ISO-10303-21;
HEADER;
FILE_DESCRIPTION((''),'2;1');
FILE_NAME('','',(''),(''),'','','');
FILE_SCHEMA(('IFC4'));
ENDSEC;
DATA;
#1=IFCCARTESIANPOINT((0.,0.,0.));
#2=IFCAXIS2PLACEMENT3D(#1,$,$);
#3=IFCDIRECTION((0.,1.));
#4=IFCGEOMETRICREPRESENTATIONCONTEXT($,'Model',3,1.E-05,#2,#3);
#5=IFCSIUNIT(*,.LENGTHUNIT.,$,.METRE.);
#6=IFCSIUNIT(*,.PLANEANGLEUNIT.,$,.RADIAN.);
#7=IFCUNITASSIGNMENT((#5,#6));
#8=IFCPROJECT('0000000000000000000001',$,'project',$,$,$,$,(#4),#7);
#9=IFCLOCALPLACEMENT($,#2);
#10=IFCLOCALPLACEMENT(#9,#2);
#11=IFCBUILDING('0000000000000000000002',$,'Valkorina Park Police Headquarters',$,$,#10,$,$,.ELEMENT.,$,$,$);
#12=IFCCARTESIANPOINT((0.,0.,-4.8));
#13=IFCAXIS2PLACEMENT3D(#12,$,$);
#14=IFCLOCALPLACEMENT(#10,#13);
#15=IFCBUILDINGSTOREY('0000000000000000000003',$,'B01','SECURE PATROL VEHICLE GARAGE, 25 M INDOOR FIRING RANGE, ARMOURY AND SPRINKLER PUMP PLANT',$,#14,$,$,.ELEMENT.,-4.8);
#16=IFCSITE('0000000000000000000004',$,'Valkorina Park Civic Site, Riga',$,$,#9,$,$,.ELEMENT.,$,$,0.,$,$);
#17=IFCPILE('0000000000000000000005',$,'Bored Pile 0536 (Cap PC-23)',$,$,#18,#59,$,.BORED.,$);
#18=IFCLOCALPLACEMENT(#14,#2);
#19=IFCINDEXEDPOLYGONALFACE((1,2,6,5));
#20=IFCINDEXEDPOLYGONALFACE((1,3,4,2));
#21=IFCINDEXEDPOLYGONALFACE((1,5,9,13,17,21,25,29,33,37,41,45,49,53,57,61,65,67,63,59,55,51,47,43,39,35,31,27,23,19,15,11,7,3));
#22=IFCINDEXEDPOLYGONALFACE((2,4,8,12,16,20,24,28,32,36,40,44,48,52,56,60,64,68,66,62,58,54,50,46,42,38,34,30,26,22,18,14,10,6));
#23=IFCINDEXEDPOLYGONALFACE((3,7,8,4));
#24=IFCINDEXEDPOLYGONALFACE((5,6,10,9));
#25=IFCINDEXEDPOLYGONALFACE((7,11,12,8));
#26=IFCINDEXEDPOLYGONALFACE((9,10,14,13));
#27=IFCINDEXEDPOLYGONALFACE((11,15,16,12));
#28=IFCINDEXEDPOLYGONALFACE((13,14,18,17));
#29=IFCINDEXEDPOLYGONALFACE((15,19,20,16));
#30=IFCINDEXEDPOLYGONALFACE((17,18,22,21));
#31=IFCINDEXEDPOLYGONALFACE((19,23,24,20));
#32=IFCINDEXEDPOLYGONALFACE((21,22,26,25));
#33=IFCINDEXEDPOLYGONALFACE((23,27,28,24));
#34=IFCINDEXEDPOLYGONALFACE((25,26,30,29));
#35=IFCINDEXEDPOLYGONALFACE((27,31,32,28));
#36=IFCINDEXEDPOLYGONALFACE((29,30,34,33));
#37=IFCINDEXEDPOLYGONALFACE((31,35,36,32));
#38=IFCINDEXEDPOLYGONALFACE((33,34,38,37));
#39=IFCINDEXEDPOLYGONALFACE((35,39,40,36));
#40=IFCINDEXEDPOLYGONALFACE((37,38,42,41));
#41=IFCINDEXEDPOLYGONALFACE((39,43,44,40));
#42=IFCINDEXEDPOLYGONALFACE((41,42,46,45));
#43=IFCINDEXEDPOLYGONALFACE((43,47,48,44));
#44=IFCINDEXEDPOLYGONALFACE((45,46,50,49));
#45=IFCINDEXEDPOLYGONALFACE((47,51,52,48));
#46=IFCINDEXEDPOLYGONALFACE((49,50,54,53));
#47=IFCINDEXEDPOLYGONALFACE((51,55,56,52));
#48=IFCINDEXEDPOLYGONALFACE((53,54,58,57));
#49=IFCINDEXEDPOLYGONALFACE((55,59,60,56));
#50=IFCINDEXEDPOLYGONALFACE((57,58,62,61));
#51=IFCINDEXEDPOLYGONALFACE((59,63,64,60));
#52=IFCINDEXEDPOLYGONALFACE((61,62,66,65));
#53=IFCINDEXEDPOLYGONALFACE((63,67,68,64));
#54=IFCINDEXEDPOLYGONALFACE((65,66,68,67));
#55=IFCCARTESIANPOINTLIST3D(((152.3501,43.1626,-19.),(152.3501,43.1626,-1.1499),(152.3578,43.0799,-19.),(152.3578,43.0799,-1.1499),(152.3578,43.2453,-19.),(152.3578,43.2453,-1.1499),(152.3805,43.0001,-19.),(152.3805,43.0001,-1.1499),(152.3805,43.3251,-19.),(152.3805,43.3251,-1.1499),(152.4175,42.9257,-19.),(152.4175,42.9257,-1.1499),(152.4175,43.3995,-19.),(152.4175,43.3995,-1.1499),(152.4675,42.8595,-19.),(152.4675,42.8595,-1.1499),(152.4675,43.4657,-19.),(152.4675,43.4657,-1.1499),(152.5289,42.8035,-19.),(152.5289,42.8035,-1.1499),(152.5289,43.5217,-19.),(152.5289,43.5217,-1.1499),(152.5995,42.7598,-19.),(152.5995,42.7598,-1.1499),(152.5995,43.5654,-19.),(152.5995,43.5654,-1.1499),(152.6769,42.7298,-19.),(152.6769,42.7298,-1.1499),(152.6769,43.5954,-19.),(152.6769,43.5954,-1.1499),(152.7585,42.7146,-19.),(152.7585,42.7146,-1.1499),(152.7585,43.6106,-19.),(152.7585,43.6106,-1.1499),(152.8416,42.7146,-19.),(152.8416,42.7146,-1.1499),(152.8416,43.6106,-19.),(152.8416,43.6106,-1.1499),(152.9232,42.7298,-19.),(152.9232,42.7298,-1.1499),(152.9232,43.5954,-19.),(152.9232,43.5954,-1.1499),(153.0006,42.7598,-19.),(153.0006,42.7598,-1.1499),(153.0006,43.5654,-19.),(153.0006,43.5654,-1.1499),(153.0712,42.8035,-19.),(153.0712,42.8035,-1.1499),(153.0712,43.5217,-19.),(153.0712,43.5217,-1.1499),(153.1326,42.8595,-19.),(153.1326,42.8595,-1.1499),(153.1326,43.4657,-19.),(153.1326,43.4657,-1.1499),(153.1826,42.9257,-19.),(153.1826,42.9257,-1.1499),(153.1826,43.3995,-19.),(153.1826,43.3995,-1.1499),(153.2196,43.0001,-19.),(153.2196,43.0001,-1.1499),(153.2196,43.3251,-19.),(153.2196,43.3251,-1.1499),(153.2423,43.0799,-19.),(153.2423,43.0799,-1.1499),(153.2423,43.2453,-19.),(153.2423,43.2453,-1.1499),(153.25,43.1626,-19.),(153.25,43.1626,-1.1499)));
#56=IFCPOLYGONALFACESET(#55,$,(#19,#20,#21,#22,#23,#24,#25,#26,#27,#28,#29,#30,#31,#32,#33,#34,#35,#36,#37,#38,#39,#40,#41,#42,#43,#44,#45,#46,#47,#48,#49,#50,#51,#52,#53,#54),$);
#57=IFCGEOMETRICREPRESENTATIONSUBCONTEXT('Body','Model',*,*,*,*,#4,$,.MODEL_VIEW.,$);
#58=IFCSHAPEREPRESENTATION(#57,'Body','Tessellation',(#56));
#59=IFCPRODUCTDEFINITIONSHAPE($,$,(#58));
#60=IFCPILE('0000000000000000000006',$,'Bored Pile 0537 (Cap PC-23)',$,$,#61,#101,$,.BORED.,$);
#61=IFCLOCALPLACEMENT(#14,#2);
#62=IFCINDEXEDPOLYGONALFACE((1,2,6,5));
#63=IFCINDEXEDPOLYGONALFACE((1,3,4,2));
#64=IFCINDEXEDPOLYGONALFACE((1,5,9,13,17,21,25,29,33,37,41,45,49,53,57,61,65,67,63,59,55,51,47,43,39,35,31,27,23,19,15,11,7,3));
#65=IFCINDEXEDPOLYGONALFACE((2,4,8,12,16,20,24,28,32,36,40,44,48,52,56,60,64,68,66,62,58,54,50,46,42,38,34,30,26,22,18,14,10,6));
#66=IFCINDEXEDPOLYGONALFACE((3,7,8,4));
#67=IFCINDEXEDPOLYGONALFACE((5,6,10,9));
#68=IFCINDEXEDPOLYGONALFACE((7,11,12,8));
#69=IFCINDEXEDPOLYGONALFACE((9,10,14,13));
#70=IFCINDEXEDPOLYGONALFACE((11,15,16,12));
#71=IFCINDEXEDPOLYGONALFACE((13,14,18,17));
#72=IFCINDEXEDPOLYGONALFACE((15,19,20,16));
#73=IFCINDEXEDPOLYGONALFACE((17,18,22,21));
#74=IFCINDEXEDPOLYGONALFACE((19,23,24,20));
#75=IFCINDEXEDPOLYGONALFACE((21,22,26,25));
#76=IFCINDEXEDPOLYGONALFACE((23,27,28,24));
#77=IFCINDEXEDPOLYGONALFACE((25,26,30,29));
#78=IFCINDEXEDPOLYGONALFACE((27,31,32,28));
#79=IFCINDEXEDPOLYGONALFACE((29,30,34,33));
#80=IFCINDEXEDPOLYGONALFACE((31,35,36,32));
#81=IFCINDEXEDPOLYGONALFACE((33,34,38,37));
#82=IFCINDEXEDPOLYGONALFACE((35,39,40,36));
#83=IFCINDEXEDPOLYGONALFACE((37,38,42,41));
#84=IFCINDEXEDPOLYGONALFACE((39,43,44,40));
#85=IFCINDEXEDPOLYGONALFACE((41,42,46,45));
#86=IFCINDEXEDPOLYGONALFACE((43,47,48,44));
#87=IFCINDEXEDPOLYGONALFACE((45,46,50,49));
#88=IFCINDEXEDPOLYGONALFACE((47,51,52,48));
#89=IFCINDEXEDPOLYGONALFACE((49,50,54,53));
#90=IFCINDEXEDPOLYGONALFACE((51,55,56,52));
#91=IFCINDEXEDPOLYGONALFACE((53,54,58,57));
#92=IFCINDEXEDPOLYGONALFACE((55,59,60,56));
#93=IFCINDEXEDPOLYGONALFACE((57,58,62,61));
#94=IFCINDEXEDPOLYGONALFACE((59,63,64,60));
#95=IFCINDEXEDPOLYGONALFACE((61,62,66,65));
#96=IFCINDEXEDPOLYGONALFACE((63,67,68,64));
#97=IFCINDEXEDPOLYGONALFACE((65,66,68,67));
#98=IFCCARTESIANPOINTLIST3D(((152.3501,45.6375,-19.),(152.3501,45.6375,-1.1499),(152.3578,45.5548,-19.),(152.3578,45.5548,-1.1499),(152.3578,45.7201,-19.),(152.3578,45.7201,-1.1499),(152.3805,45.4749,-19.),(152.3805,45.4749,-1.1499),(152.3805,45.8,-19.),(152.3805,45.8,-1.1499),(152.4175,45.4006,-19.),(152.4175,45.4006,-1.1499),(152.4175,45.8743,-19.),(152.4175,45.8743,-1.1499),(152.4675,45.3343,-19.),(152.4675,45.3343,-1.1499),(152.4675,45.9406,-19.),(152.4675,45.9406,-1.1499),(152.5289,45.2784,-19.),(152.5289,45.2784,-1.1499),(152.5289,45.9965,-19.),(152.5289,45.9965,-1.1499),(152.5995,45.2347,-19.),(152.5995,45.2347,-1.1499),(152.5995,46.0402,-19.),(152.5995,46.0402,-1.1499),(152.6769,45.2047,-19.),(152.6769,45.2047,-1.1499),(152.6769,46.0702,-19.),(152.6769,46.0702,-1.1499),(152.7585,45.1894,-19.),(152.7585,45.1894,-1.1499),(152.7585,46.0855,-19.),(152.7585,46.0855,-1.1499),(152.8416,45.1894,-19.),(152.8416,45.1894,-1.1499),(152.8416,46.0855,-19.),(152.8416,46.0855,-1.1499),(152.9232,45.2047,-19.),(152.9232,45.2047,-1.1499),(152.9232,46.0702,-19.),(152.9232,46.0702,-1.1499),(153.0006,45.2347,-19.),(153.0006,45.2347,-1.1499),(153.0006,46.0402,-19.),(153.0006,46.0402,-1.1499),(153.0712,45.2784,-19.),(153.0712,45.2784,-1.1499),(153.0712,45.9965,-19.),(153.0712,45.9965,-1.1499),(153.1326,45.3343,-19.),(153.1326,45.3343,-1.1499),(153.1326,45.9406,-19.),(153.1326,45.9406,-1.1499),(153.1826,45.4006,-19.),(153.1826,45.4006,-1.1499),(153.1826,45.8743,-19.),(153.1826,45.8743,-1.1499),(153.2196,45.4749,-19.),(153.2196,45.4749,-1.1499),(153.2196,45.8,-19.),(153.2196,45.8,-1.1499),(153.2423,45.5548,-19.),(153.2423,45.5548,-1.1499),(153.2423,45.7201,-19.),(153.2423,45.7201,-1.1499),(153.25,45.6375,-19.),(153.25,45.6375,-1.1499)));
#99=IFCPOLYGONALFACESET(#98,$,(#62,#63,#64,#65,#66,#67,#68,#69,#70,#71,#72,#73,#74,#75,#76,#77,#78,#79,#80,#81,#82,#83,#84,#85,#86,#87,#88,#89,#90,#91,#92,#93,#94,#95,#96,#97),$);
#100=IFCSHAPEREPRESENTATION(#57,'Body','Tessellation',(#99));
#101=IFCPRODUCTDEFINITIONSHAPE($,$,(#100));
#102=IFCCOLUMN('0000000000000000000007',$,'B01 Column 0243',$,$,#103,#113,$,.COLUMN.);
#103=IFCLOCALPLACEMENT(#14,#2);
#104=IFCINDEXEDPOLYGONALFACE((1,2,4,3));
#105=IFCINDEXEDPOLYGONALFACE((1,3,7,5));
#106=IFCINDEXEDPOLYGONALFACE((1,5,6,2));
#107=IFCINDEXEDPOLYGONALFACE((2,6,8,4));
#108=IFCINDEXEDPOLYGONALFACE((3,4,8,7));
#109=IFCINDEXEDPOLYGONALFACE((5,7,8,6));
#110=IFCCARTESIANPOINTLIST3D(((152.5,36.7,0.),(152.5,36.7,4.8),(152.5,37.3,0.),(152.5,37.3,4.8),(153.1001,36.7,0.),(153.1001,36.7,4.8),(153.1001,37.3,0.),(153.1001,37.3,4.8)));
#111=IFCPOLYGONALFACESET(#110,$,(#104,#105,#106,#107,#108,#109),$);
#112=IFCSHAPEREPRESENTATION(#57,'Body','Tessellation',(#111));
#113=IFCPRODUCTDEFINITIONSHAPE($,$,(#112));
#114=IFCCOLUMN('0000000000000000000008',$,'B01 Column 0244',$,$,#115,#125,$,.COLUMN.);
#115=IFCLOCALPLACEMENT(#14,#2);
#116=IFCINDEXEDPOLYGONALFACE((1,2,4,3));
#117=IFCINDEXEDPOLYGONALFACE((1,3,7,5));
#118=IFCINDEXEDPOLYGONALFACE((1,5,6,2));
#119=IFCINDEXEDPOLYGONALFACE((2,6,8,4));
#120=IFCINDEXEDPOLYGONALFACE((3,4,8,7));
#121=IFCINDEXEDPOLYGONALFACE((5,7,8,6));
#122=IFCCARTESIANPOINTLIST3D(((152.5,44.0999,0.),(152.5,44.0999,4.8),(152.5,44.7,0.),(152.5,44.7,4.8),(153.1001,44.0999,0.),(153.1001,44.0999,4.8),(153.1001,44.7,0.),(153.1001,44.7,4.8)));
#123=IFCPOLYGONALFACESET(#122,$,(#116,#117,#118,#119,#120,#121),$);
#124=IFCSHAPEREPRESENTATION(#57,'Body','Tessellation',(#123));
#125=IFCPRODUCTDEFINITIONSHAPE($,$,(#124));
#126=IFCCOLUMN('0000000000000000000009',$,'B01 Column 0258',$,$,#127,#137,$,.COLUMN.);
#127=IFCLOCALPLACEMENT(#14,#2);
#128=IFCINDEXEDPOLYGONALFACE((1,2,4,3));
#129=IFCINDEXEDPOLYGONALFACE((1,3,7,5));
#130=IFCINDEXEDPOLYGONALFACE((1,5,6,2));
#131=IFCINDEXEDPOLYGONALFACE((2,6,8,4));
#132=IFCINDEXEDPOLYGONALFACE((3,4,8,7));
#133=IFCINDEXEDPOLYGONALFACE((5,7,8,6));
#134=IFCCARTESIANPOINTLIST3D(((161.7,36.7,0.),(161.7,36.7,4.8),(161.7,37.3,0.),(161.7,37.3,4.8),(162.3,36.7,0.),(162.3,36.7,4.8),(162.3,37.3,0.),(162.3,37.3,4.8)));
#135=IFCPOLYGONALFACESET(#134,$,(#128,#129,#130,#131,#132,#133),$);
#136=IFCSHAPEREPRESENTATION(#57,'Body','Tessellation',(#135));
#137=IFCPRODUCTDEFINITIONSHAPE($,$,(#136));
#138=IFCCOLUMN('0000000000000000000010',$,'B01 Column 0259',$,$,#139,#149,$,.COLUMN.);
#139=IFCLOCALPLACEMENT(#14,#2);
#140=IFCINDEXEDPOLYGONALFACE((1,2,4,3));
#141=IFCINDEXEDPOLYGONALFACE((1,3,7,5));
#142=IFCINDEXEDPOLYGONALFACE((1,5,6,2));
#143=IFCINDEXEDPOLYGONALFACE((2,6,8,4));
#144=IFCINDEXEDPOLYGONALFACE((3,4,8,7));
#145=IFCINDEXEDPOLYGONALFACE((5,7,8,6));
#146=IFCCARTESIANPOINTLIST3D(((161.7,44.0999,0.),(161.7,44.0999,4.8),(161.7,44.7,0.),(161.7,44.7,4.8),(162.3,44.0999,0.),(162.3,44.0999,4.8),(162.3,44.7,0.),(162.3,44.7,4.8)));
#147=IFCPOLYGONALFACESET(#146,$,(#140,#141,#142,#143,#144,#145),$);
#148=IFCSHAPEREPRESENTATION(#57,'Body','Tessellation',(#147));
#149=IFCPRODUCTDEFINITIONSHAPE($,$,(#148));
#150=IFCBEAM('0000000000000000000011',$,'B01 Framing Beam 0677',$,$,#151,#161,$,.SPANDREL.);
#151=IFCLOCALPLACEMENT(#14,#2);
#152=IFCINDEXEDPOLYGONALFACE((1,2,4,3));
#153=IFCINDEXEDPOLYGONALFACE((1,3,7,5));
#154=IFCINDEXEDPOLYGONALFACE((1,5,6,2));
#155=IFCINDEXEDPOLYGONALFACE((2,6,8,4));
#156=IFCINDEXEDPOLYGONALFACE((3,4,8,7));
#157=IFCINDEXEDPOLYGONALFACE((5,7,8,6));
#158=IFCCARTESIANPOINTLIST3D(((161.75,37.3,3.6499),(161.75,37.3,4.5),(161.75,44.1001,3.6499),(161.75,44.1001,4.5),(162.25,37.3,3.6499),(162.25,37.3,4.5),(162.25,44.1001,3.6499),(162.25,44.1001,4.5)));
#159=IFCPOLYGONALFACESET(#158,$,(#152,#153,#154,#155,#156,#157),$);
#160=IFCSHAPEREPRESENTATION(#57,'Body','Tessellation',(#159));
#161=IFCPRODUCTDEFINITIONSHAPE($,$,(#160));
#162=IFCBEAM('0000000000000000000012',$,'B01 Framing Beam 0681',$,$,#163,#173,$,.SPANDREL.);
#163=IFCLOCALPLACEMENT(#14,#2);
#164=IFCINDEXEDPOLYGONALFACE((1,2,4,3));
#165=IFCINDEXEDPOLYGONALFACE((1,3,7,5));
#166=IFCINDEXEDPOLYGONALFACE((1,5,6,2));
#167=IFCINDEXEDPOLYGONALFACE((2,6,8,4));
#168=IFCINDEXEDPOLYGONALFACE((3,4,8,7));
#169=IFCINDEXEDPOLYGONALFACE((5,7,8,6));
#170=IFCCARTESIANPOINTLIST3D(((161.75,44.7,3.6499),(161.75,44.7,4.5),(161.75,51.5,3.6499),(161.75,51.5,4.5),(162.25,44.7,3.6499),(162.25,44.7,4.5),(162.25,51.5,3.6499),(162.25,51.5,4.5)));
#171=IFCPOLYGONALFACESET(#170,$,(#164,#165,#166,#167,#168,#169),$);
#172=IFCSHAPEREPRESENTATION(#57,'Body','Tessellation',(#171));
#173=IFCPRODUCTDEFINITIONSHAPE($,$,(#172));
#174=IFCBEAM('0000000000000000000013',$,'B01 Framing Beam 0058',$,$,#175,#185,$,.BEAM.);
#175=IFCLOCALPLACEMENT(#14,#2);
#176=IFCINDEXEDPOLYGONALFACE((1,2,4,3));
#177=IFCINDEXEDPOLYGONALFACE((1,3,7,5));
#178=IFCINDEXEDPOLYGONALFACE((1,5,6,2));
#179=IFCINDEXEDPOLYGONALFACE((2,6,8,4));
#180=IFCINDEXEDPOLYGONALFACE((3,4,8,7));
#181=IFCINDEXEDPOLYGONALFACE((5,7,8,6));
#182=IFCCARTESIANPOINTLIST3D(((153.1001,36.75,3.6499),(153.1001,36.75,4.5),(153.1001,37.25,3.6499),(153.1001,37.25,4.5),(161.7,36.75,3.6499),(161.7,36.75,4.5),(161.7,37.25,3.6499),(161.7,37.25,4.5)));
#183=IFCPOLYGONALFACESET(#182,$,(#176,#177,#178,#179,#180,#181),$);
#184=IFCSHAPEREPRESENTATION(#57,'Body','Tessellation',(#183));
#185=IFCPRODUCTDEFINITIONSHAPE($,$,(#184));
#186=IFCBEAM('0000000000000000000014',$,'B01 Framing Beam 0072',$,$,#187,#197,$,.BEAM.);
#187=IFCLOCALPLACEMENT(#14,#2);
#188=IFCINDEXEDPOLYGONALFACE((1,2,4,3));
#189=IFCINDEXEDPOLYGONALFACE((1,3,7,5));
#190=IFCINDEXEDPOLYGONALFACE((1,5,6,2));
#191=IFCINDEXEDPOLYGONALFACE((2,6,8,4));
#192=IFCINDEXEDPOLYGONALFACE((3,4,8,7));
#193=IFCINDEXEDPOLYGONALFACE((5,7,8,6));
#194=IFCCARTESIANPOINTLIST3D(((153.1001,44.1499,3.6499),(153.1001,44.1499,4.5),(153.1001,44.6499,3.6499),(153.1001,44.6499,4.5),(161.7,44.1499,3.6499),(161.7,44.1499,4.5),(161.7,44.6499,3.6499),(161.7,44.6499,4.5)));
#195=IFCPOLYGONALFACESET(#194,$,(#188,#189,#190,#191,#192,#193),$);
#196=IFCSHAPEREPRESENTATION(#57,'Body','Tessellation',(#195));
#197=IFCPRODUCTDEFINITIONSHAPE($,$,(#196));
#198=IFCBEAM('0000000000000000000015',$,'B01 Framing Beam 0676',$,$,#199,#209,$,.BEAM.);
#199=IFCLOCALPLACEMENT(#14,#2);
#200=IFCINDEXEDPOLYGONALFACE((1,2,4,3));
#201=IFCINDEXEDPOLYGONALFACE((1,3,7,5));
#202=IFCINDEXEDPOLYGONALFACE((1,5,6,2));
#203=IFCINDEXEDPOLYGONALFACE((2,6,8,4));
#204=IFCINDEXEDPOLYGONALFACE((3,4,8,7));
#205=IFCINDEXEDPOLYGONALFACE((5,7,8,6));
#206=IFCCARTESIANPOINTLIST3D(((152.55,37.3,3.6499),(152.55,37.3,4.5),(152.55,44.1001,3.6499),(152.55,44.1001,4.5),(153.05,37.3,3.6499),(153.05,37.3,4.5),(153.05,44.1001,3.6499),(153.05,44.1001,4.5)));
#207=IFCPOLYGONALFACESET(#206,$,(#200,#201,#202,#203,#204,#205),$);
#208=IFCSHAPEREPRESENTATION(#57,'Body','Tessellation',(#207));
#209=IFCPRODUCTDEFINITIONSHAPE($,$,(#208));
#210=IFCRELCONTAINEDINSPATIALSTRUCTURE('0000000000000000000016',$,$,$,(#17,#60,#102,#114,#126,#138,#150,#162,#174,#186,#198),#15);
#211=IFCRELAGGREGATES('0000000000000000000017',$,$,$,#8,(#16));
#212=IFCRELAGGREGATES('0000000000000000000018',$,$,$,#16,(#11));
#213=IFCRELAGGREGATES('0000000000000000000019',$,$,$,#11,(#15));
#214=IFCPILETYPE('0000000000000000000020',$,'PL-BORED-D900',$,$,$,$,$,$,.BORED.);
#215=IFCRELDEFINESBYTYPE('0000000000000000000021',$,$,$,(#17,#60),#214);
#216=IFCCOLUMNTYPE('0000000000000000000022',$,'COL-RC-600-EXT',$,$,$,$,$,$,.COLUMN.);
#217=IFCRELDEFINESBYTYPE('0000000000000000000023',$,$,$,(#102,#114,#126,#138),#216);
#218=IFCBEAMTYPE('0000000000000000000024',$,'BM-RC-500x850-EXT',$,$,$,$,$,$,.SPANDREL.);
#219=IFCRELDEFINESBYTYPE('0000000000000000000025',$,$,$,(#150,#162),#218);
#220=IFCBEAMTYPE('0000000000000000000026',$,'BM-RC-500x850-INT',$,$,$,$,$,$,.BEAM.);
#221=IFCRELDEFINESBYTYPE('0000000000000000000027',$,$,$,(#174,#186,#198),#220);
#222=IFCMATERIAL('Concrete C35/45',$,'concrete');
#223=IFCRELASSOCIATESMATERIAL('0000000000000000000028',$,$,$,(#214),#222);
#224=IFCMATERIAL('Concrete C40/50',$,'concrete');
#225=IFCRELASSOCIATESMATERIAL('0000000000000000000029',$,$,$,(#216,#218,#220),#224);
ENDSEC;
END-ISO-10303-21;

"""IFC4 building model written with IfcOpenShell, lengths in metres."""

from ifc_helpers import new_model, si_unit, direction, frame, origin, origin_2d, place, context, subcontext, project, spatial, rectangle, circle, extrude, material, material_profile, profile_set, type_object, element, save


model = new_model("IFC4")

# Units and contexts
model_context = context("Model", 3, precision=1e-05, world=origin(), true_north=direction((0.0, 1.0)))
body_context = subcontext(model_context, "Body", "Model", "MODEL_VIEW")
ifc_project = project(units=[si_unit("LENGTHUNIT", "METRE"), si_unit("PLANEANGLEUNIT", "RADIAN")], contexts=[model_context])

# Site, building, storey
site_placement = place(None, origin())
site = spatial("IfcSite", under=ifc_project, at=site_placement, Name="Valkorina Park Civic Site, Riga", CompositionType="ELEMENT", RefElevation=0.0)
building_placement = place(site_placement, origin())
building = spatial("IfcBuilding", under=site, at=building_placement, Name="Valkorina Park Police Headquarters", CompositionType="ELEMENT")
storey_placement = place(building_placement, frame((0.0, 0.0, -4.8)))
storey = spatial("IfcBuildingStorey", under=building, at=storey_placement, Name="B01", Description="SECURE PATROL VEHICLE GARAGE, 25 M INDOOR FIRING RANGE, ARMOURY AND SPRINKLER PUMP PLANT", CompositionType="ELEMENT", Elevation=-4.8)

# Shared definitions
ifc_material_1 = material(Name="Concrete C40/50", Category="concrete")

# Piles
ifc_material_2 = material(Name="Concrete C35/45", Category="concrete")
ifc_material_profile_1 = material_profile(ifc_material_2, circle(Radius=0.45, at=origin_2d()), Name="BORED PILE D900")
ifc_profile_set_1 = profile_set([ifc_material_profile_1], Name="Concrete C35/45")
pile_type_1 = type_object("IfcPileType", Name="PL-BORED-D900", PredefinedType="BORED", material=ifc_profile_set_1)
for number, where, z_axis, x_axis, name in (
    (1, (152.8, 43.1626, -1.1499), (0.0, 0.0, -1.0), (1.0, 0.0, 0.0), "Bored Pile 0536 (Cap PC-23)"),
    (2, (152.8, 45.6375, -1.1499), (0.0, 0.0, -1.0), (1.0, 0.0, 0.0), "Bored Pile 0537 (Cap PC-23)"),
):
    element("IfcPile", number, at=place(storey_placement, frame(where, z_axis=z_axis, x_axis=x_axis)), inside=storey, type_object=pile_type_1, Name=name, PredefinedType="BORED", context=body_context, shape_type="SweptSolid", body=[
        extrude(circle(Radius=0.45, at=origin_2d()), origin(), (0.0, 0.0, 1.0), 17.8501),
    ])

# Columns
ifc_material_profile_2 = material_profile(ifc_material_1, rectangle(XDim=0.6001, YDim=0.6001, at=origin_2d()), Name="RC COL 600x600")
ifc_profile_set_2 = profile_set([ifc_material_profile_2], Name="Concrete C40/50")
column_type = type_object("IfcColumnType", Name="COL-RC-600-EXT", PredefinedType="COLUMN", material=ifc_profile_set_2)
for number, where, z_axis, x_axis, name in (
    (3, (152.8, 37.0, 0.0), (0.0, 0.0, 1.0), (1.0, 0.0, 0.0), "B01 Column 0243"),
    (4, (152.8, 44.3999, 0.0), (0.0, 0.0, 1.0), (1.0, 0.0, 0.0), "B01 Column 0244"),
    (5, (162.0, 37.0, 0.0), (0.0, 0.0, 1.0), (1.0, 0.0, 0.0), "B01 Column 0258"),
    (6, (162.0, 44.3999, 0.0), (0.0, 0.0, 1.0), (1.0, 0.0, 0.0), "B01 Column 0259"),
):
    element("IfcColumn", number, at=place(storey_placement, frame(where, z_axis=z_axis, x_axis=x_axis)), inside=storey, type_object=column_type, Name=name, PredefinedType="COLUMN", context=body_context, shape_type="SweptSolid", body=[
        extrude(rectangle(XDim=0.6001, YDim=0.6001, at=origin_2d()), origin(), (0.0, 0.0, 1.0), 4.8),
    ])

# Beams
ifc_material_profile_3 = material_profile(ifc_material_1, rectangle(XDim=0.5, YDim=0.8501, at=origin_2d()), Name="RC BEAM 500x850")
ifc_profile_set_3 = profile_set([ifc_material_profile_3], Name="Concrete C40/50")
beam_type_1 = type_object("IfcBeamType", Name="BM-RC-500x850-EXT", PredefinedType="SPANDREL", material=ifc_profile_set_3)
for number, where, z_axis, x_axis, name in (
    (7, (162.0, 37.3, 4.075), (0.0, 1.0, 0.0), (-1.0, 0.0, 0.0), "B01 Framing Beam 0677"),
    (8, (162.0, 44.7, 4.075), (0.0, 1.0, 0.0), (-1.0, 0.0, 0.0), "B01 Framing Beam 0681"),
):
    element("IfcBeam", number, at=place(storey_placement, frame(where, z_axis=z_axis, x_axis=x_axis)), inside=storey, type_object=beam_type_1, Name=name, PredefinedType="SPANDREL", context=body_context, shape_type="SweptSolid", body=[
        extrude(rectangle(XDim=0.5, YDim=0.8501, at=origin_2d()), origin(), (0.0, 0.0, 1.0), 6.8),
    ])
ifc_material_profile_4 = material_profile(ifc_material_1, rectangle(XDim=0.5, YDim=0.8501, at=origin_2d()), Name="RC BEAM 500x850")
ifc_profile_set_4 = profile_set([ifc_material_profile_4], Name="Concrete C40/50")
beam_type_2 = type_object("IfcBeamType", Name="BM-RC-500x850-INT", PredefinedType="BEAM", material=ifc_profile_set_4)
for number, where, z_axis, x_axis, name in (
    (9, (153.1001, 37.0, 4.075), (1.0, 0.0, 0.0), (0.0, 1.0, 0.0), "B01 Framing Beam 0058"),
    (10, (153.1001, 44.3999, 4.075), (1.0, 0.0, 0.0), (0.0, 1.0, 0.0), "B01 Framing Beam 0072"),
):
    element("IfcBeam", number, at=place(storey_placement, frame(where, z_axis=z_axis, x_axis=x_axis)), inside=storey, type_object=beam_type_2, Name=name, PredefinedType="BEAM", context=body_context, shape_type="SweptSolid", body=[
        extrude(rectangle(XDim=0.5, YDim=0.8501, at=origin_2d()), origin(), (0.0, 0.0, 1.0), 8.5999),
    ])
for number, where, z_axis, x_axis, name in (
    (11, (152.8, 37.3, 4.075), (0.0, 1.0, 0.0), (-1.0, 0.0, 0.0), "B01 Framing Beam 0676"),
):
    element("IfcBeam", number, at=place(storey_placement, frame(where, z_axis=z_axis, x_axis=x_axis)), inside=storey, type_object=beam_type_2, Name=name, PredefinedType="BEAM", context=body_context, shape_type="SweptSolid", body=[
        extrude(rectangle(XDim=0.5, YDim=0.8501, at=origin_2d()), origin(), (0.0, 0.0, 1.0), 6.8),
    ])

save(model, "model.ifc")
